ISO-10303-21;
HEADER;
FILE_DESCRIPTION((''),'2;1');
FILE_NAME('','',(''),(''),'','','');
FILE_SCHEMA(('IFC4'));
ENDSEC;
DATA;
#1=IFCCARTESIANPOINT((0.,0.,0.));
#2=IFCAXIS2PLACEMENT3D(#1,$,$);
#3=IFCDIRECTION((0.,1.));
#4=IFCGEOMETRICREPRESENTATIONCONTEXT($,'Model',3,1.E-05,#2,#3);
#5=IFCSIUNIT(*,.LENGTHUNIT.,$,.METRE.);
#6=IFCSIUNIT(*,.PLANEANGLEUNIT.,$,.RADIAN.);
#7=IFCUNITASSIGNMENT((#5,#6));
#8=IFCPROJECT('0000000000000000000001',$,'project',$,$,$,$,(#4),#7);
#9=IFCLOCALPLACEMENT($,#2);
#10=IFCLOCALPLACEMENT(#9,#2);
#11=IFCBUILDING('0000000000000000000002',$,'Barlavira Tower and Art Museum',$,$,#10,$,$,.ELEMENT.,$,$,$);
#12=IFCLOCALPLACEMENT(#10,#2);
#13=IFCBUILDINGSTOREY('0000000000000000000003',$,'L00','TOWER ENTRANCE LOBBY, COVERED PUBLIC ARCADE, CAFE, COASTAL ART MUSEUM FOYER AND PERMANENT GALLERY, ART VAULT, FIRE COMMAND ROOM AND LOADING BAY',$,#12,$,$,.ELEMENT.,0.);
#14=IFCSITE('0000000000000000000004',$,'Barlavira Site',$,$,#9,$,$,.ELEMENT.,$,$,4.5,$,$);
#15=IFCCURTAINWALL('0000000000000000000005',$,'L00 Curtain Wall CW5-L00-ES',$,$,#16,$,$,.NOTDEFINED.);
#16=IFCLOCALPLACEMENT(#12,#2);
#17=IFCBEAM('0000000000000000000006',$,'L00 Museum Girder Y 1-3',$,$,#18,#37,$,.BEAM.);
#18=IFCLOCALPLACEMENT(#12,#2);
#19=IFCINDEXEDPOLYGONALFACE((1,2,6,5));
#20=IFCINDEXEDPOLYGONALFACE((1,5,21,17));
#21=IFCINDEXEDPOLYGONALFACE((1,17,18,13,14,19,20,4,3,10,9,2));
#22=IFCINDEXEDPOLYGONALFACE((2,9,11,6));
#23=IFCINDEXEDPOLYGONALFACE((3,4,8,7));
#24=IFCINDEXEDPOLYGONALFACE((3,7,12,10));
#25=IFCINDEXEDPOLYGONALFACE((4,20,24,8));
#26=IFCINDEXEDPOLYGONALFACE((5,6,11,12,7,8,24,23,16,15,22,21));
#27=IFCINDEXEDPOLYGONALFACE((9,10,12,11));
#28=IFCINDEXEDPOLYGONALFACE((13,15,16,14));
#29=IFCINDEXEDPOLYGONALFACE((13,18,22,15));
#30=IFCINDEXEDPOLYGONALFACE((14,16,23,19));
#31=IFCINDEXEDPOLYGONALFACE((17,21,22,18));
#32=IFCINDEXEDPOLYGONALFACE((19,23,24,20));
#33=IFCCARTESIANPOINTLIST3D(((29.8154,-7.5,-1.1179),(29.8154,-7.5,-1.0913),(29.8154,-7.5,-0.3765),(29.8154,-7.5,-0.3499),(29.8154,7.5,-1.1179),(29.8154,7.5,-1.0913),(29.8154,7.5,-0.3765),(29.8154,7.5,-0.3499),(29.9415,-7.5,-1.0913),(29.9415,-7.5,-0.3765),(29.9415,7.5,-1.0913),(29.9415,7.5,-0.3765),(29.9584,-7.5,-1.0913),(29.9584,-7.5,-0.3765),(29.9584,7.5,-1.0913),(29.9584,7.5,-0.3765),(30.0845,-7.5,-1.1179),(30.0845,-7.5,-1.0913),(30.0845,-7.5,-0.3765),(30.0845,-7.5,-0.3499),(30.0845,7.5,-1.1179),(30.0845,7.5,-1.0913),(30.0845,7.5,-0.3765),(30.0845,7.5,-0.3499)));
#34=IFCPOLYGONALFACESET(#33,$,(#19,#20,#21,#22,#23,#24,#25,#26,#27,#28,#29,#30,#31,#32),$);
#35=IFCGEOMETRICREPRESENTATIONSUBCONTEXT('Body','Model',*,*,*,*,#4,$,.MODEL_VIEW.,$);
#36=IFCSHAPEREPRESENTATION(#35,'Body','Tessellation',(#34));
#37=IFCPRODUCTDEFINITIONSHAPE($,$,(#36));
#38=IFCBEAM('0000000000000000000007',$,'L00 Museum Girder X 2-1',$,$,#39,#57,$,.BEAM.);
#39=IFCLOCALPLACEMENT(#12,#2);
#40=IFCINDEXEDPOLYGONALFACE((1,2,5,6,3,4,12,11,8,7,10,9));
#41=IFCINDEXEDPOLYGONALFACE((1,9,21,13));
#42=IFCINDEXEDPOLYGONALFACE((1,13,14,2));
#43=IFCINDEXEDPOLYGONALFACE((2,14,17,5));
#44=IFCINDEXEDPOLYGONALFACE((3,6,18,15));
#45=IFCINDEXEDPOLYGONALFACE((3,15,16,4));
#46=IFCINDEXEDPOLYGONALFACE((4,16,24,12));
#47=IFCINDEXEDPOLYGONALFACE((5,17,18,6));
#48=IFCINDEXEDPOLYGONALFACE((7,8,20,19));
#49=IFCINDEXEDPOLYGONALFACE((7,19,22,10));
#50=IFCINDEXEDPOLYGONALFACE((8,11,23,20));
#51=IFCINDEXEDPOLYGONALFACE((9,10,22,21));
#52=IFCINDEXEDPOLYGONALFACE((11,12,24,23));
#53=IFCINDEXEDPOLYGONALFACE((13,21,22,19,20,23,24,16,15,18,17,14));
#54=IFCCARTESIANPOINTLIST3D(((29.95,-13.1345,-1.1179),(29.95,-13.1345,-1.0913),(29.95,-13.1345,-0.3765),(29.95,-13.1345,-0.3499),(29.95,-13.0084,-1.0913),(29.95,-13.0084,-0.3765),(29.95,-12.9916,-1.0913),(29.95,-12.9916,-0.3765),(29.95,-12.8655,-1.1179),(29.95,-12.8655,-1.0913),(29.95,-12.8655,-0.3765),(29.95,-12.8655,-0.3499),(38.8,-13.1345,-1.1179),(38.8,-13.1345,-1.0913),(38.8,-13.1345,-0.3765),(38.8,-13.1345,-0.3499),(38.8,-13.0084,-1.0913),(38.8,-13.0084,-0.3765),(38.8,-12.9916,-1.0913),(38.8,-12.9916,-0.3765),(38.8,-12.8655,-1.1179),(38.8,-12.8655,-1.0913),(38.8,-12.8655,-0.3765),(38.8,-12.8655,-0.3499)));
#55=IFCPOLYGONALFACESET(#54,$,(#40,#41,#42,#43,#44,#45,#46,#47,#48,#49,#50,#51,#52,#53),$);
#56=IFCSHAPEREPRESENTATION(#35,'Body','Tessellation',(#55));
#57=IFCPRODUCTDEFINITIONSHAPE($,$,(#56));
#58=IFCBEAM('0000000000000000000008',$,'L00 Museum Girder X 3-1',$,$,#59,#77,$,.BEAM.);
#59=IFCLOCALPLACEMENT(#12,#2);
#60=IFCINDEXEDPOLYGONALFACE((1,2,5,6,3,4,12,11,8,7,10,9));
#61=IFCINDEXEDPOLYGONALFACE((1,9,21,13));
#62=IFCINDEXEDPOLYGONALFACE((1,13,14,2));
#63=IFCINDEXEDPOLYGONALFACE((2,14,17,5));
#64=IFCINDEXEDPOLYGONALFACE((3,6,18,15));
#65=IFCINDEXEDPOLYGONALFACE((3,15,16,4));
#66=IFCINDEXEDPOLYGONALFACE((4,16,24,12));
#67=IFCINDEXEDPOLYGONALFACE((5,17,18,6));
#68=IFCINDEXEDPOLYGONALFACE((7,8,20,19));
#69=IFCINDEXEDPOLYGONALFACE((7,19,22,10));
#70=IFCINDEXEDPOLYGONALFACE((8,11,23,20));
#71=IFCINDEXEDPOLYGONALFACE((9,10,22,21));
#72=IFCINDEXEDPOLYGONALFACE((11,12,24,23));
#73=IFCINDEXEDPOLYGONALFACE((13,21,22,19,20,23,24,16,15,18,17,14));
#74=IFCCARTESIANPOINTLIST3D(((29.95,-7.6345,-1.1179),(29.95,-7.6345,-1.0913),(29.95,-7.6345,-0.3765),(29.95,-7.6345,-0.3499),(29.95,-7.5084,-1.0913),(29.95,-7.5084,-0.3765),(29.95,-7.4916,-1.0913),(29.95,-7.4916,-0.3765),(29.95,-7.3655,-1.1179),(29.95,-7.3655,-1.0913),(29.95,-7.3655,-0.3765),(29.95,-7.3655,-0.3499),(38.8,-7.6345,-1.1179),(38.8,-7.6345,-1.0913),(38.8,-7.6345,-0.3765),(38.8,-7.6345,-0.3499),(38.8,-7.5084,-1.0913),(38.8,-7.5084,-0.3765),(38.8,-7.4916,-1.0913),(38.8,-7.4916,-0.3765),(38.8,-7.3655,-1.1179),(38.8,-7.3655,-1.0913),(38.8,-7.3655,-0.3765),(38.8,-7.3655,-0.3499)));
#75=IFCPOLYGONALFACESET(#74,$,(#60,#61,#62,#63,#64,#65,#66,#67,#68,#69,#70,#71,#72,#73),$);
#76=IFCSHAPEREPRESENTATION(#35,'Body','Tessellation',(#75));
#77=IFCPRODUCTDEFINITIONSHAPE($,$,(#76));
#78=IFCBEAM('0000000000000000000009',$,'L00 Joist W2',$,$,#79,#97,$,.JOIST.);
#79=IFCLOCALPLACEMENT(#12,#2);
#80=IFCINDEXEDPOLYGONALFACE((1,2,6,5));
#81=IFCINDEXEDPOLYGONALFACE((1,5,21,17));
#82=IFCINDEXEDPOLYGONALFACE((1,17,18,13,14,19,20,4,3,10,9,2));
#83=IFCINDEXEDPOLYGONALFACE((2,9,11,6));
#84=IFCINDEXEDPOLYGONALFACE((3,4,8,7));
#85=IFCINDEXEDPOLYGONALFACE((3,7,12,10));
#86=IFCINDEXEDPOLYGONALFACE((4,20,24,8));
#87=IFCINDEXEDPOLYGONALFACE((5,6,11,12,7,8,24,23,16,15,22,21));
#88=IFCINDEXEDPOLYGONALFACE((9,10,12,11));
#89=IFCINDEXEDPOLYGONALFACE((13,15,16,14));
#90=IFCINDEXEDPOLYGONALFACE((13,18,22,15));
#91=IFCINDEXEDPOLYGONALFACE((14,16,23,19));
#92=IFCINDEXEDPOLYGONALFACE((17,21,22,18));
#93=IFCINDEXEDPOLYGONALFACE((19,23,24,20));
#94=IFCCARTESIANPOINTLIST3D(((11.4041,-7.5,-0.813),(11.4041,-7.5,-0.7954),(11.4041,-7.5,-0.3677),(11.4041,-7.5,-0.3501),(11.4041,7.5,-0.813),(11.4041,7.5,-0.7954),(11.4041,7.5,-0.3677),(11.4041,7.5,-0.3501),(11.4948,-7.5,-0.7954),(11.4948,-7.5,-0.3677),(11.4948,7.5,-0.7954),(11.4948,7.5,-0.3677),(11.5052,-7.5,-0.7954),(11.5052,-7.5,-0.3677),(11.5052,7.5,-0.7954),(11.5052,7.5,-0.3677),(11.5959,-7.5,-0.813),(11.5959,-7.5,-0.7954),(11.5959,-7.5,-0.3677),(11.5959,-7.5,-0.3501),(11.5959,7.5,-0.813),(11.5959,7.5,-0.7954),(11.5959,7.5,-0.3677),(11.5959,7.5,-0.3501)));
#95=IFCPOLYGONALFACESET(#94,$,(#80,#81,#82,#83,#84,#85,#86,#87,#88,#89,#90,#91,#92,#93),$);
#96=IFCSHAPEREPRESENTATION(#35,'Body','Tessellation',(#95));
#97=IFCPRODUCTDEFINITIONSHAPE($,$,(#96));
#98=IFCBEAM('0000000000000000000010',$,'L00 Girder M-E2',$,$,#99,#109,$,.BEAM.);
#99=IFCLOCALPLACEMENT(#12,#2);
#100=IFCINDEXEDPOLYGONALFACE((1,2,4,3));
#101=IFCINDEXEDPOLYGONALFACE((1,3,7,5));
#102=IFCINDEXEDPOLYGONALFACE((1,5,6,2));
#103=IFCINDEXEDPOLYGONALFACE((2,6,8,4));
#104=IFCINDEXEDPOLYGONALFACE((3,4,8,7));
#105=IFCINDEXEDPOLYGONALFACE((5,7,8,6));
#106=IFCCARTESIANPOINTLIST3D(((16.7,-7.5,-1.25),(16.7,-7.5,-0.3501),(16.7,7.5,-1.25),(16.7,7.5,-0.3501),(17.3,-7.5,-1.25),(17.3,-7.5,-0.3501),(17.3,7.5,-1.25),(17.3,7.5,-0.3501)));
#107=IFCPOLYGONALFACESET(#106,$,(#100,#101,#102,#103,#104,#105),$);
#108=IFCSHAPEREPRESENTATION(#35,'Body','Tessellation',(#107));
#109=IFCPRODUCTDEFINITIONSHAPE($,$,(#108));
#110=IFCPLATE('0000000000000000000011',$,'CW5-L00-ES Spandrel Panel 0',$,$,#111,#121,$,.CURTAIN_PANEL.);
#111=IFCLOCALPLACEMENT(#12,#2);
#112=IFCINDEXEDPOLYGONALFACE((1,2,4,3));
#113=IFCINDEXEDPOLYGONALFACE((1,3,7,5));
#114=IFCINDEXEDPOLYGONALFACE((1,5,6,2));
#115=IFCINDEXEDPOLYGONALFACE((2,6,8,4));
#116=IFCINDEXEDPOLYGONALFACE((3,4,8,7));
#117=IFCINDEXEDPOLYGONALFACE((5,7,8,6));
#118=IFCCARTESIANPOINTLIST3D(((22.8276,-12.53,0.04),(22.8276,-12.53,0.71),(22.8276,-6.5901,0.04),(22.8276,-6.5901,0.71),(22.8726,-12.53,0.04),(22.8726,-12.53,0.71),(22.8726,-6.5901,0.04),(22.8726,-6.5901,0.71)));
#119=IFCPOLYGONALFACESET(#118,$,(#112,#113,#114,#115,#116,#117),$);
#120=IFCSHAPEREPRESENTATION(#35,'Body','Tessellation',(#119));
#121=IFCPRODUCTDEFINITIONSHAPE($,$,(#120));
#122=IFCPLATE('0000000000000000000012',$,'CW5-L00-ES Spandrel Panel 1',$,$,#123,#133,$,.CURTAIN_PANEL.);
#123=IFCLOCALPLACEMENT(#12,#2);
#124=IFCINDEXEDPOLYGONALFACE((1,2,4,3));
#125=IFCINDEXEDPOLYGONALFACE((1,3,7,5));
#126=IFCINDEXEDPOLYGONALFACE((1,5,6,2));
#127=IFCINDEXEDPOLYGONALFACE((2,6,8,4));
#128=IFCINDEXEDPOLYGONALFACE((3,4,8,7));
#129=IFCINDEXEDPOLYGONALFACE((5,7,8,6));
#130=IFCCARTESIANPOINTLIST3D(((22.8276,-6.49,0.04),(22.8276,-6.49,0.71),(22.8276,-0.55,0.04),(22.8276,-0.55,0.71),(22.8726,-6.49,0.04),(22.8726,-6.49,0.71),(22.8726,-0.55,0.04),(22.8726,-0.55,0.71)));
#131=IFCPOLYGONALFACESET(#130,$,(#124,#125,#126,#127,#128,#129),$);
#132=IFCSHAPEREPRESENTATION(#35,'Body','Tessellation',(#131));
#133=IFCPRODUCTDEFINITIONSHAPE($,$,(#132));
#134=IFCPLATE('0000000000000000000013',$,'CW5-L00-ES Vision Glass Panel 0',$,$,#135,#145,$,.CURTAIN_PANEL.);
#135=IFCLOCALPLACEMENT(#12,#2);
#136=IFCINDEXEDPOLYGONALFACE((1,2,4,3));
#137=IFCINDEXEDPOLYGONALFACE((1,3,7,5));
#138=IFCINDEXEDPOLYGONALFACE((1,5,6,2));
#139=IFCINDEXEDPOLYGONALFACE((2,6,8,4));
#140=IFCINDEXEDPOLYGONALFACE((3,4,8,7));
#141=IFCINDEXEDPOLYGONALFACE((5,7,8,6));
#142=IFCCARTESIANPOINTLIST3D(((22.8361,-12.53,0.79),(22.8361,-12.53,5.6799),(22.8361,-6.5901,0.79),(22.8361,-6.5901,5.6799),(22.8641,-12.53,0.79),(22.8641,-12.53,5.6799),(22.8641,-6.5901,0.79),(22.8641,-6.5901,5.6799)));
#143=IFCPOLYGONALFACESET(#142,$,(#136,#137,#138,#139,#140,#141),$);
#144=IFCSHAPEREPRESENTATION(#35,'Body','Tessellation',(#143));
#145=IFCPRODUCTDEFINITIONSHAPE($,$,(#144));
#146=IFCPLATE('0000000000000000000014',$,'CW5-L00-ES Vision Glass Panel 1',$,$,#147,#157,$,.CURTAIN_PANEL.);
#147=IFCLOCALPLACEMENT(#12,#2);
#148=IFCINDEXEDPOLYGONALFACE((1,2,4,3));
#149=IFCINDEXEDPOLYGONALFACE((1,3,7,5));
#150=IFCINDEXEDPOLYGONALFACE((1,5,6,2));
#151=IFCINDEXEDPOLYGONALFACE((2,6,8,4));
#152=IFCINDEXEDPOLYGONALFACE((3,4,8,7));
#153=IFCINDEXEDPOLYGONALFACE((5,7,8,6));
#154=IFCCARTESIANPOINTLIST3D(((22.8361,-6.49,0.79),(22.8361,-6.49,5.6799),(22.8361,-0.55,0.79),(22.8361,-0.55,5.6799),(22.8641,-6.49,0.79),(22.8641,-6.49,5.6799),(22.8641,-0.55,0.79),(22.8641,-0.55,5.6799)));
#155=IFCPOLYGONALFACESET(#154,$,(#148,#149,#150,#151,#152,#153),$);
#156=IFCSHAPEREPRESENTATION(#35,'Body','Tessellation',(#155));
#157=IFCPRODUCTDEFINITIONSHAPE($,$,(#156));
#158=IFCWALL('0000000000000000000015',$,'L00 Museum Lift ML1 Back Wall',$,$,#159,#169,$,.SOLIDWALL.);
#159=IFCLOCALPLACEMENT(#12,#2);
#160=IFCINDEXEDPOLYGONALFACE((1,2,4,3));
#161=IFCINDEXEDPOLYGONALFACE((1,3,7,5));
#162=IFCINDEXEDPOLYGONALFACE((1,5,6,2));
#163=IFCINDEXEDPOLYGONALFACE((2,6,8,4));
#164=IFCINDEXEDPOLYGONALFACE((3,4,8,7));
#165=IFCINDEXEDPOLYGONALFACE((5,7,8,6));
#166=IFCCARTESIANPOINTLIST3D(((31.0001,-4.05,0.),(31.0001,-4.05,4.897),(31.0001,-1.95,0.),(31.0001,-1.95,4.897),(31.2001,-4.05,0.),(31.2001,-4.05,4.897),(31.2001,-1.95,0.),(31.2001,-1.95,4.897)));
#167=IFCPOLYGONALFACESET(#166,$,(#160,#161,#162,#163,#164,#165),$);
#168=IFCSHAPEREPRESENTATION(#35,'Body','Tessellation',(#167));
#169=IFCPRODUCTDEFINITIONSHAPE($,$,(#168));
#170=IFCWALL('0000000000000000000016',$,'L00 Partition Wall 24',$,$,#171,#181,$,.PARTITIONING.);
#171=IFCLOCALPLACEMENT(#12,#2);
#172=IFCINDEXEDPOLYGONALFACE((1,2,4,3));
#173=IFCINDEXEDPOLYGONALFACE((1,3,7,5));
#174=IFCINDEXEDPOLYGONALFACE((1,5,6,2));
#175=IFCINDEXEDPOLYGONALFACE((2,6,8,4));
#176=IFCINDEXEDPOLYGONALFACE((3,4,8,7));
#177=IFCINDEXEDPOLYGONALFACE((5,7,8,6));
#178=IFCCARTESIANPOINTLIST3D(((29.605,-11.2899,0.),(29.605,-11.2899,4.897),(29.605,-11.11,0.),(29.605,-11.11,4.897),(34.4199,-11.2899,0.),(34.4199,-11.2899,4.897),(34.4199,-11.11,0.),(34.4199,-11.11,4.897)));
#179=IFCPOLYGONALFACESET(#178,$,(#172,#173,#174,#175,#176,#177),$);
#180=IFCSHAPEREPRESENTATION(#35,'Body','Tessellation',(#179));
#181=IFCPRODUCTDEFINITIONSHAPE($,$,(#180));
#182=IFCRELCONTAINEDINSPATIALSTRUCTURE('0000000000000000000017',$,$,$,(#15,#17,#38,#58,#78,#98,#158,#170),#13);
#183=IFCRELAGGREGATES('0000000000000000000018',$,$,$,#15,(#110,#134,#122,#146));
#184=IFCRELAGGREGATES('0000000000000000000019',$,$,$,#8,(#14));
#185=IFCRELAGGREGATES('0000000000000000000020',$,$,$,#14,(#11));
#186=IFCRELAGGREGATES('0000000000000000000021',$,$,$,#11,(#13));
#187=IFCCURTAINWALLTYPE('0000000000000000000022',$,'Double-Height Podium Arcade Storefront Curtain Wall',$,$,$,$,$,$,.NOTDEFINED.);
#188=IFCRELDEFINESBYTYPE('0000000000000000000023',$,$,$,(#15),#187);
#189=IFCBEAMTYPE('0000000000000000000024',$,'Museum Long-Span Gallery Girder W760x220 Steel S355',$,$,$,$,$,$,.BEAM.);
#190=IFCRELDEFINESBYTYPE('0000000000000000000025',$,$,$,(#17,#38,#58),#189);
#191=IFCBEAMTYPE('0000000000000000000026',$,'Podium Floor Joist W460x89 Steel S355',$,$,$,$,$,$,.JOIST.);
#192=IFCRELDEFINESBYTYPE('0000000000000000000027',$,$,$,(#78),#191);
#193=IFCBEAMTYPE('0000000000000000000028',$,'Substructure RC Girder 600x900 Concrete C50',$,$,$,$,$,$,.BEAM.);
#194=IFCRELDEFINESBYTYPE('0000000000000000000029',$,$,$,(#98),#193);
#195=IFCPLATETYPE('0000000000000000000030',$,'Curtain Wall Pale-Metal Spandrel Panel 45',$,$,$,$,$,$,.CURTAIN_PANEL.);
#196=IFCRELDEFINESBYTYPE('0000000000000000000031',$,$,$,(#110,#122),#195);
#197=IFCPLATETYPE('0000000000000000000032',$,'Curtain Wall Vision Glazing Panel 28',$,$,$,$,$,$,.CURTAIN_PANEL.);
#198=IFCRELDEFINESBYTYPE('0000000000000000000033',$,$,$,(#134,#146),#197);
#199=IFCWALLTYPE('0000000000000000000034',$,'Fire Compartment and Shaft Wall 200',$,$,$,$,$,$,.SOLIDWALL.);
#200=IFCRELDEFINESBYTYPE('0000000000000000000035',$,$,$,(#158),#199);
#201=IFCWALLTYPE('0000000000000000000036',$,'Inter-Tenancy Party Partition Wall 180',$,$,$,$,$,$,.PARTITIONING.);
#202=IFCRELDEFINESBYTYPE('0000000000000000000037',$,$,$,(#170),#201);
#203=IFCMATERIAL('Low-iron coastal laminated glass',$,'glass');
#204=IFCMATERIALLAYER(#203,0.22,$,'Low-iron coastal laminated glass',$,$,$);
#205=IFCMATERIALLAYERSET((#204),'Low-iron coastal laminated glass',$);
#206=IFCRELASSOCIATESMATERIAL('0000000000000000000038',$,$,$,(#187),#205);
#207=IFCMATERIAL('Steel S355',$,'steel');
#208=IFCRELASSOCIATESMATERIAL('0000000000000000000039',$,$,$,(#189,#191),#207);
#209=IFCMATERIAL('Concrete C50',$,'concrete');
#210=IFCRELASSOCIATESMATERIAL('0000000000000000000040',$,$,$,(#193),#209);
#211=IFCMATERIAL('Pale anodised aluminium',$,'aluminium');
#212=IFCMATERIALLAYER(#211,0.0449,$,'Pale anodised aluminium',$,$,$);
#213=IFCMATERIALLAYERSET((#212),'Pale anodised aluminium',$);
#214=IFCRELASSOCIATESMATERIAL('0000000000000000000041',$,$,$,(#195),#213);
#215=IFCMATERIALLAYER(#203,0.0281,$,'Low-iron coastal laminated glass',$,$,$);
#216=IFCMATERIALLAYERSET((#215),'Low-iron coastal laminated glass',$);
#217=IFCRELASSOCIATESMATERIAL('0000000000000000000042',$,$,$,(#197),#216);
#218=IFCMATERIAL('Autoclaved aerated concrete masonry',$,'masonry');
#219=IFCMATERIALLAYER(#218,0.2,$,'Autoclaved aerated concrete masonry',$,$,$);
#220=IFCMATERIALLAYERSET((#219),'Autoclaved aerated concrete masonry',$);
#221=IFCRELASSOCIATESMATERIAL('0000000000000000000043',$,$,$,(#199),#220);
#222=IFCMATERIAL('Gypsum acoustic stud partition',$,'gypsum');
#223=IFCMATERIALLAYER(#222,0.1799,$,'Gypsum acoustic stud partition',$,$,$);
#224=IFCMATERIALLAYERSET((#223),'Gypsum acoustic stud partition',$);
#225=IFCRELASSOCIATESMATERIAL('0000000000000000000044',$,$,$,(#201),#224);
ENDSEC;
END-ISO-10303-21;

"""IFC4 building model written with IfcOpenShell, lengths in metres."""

from ifc_helpers import new_model, si_unit, direction, frame, frame_2d, origin, origin_2d, place, context, subcontext, project, spatial, rectangle, i_section, extrude, material, layer, layer_set, material_profile, profile_set, type_object, element, aggregate, save


model = new_model("IFC4")

# Units and contexts
model_context = context("Model", 3, precision=1e-05, world=origin(), true_north=direction((0.0, 1.0)))
body_context = subcontext(model_context, "Body", "Model", "MODEL_VIEW")
ifc_project = project(units=[si_unit("LENGTHUNIT", "METRE"), si_unit("PLANEANGLEUNIT", "RADIAN")], contexts=[model_context])

# Site, building, storey
site_placement = place(None, origin())
site = spatial("IfcSite", under=ifc_project, at=site_placement, Name="Barlavira Site", CompositionType="ELEMENT", RefElevation=4.5)
building_placement = place(site_placement, origin())
building = spatial("IfcBuilding", under=site, at=building_placement, Name="Barlavira Tower and Art Museum", CompositionType="ELEMENT")
storey_placement = place(building_placement, origin())
storey = spatial("IfcBuildingStorey", under=building, at=storey_placement, Name="L00", Description="TOWER ENTRANCE LOBBY, COVERED PUBLIC ARCADE, CAFE, COASTAL ART MUSEUM FOYER AND PERMANENT GALLERY, ART VAULT, FIRE COMMAND ROOM AND LOADING BAY", CompositionType="ELEMENT", Elevation=0.0)

# Shared definitions
ifc_material_1 = material(Name="Concrete C50", Category="concrete")

# Shared definitions
ifc_material_2 = material(Name="Steel S355", Category="steel")

# Curtain wall
ifc_material_3 = material(Name="Low-iron coastal laminated glass", Category="glass")
ifc_layer_1 = layer(ifc_material_3, 0.22, Name="Low-iron coastal laminated glass")
ifc_layer_set_1 = layer_set([ifc_layer_1], Name="Low-iron coastal laminated glass")
curtain_wall_type = type_object("IfcCurtainWallType", Name="Double-Height Podium Arcade Storefront Curtain Wall", PredefinedType="NOTDEFINED", material=ifc_layer_set_1)
curtain_wall_1_placement = place(storey_placement, origin())
curtain_wall_1 = element("IfcCurtainWall", 1, at=curtain_wall_1_placement, inside=storey, type_object=curtain_wall_type, Name="L00 Curtain Wall CW5-L00-ES", PredefinedType="NOTDEFINED")
ifc_material_4 = material(Name="Pale anodised aluminium", Category="aluminium")

# Beams
ifc_material_profile_1 = material_profile(ifc_material_2, i_section(OverallWidth=0.269, OverallDepth=0.7681, WebThickness=0.0168, FlangeThickness=0.0266, at=origin_2d()), Name="W760x220.0")
ifc_profile_set_1 = profile_set([ifc_material_profile_1], Name="Steel S355")
beam_type_1 = type_object("IfcBeamType", Name="Museum Long-Span Gallery Girder W760x220 Steel S355", PredefinedType="BEAM", material=ifc_profile_set_1)
beam_1_placement = place(storey_placement, frame((29.95, -7.5, -0.7339), z_axis=(0.0, 1.0, 0.0), x_axis=(-1.0, 0.0, 0.0)))
element("IfcBeam", 2, at=beam_1_placement, inside=storey, type_object=beam_type_1, Name="L00 Museum Girder Y 1-3", PredefinedType="BEAM", context=body_context, shape_type="SweptSolid", body=[
    extrude(i_section(OverallWidth=0.269, OverallDepth=0.7681, WebThickness=0.0168, FlangeThickness=0.0266, at=origin_2d()), origin(), (0.0, 0.0, 1.0), 15.0),
])
for number, where, z_axis, x_axis, name in (
    (3, (29.95, -13.0, -0.7339), (1.0, 0.0, 0.0), (0.0, 1.0, 0.0), "L00 Museum Girder X 2-1"),
    (4, (29.95, -7.5, -0.7339), (1.0, 0.0, 0.0), (0.0, 1.0, 0.0), "L00 Museum Girder X 3-1"),
):
    element("IfcBeam", number, at=place(storey_placement, frame(where, z_axis=z_axis, x_axis=x_axis)), inside=storey, type_object=beam_type_1, Name=name, PredefinedType="BEAM", context=body_context, shape_type="SweptSolid", body=[
        extrude(i_section(OverallWidth=0.269, OverallDepth=0.7681, WebThickness=0.0168, FlangeThickness=0.0266, at=origin_2d()), origin(), (0.0, 0.0, 1.0), 8.8501),
    ])
ifc_material_profile_2 = material_profile(ifc_material_2, i_section(OverallWidth=0.1919, OverallDepth=0.4629, WebThickness=0.0105, FlangeThickness=0.0176, at=origin_2d()), Name="W460x89.0")
ifc_profile_set_2 = profile_set([ifc_material_profile_2], Name="Steel S355")
beam_type_2 = type_object("IfcBeamType", Name="Podium Floor Joist W460x89 Steel S355", PredefinedType="JOIST", material=ifc_profile_set_2)
beam_2_placement = place(storey_placement, frame((11.5, -7.5, -0.5815), z_axis=(0.0, 1.0, 0.0), x_axis=(-1.0, 0.0, 0.0)))
element("IfcBeam", 5, at=beam_2_placement, inside=storey, type_object=beam_type_2, Name="L00 Joist W2", PredefinedType="JOIST", context=body_context, shape_type="SweptSolid", body=[
    extrude(i_section(OverallWidth=0.1919, OverallDepth=0.4629, WebThickness=0.0105, FlangeThickness=0.0176, at=origin_2d()), origin(), (0.0, 0.0, 1.0), 15.0),
])
ifc_material_profile_3 = material_profile(ifc_material_1, rectangle(XDim=0.6001, YDim=0.8999, at=origin_2d()), Name="RC-BM 600x900")
ifc_profile_set_3 = profile_set([ifc_material_profile_3], Name="Concrete C50")
beam_type_3 = type_object("IfcBeamType", Name="Substructure RC Girder 600x900 Concrete C50", PredefinedType="BEAM", material=ifc_profile_set_3)
beam_3_placement = place(storey_placement, frame((17.0, -7.5, -0.8), z_axis=(0.0, 1.0, 0.0), x_axis=(-1.0, 0.0, 0.0)))
element("IfcBeam", 6, at=beam_3_placement, inside=storey, type_object=beam_type_3, Name="L00 Girder M-E2", PredefinedType="BEAM", context=body_context, shape_type="SweptSolid", body=[
    extrude(rectangle(XDim=0.6001, YDim=0.8999, at=origin_2d()), origin(), (0.0, 0.0, 1.0), 15.0),
])

# Plates
ifc_layer_2 = layer(ifc_material_4, 0.0449, Name="Pale anodised aluminium")
ifc_layer_set_2 = layer_set([ifc_layer_2], Name="Pale anodised aluminium")
plate_type_1 = type_object("IfcPlateType", Name="Curtain Wall Pale-Metal Spandrel Panel 45", PredefinedType="CURTAIN_PANEL", material=ifc_layer_set_2)
plate_1_placement = place(storey_placement, frame((22.8501, -9.5601, 0.04), z_axis=(0.0, 0.0, 1.0), x_axis=(0.0, 1.0, 0.0)))
plate_1 = element("IfcPlate", 7, at=plate_1_placement, type_object=plate_type_1, Name="CW5-L00-ES Spandrel Panel 0", PredefinedType="CURTAIN_PANEL", context=body_context, shape_type="SweptSolid", body=[
    extrude(rectangle(XDim=5.9399, YDim=0.0449, at=origin_2d()), origin(), (0.0, 0.0, 1.0), 0.6699),
])
plate_2_placement = place(storey_placement, frame((22.8501, -3.52, 0.04), z_axis=(0.0, 0.0, 1.0), x_axis=(0.0, 1.0, 0.0)))
plate_2 = element("IfcPlate", 8, at=plate_2_placement, type_object=plate_type_1, Name="CW5-L00-ES Spandrel Panel 1", PredefinedType="CURTAIN_PANEL", context=body_context, shape_type="SweptSolid", body=[
    extrude(rectangle(XDim=5.9399, YDim=0.0449, at=origin_2d()), origin(), (0.0, 0.0, 1.0), 0.6699),
])
ifc_layer_3 = layer(ifc_material_3, 0.0281, Name="Low-iron coastal laminated glass")
ifc_layer_set_3 = layer_set([ifc_layer_3], Name="Low-iron coastal laminated glass")
plate_type_2 = type_object("IfcPlateType", Name="Curtain Wall Vision Glazing Panel 28", PredefinedType="CURTAIN_PANEL", material=ifc_layer_set_3)
plate_3_placement = place(storey_placement, frame((22.8501, -9.5601, 0.79), z_axis=(0.0, 0.0, 1.0), x_axis=(0.0, 1.0, 0.0)))
plate_3 = element("IfcPlate", 9, at=plate_3_placement, type_object=plate_type_2, Name="CW5-L00-ES Vision Glass Panel 0", PredefinedType="CURTAIN_PANEL", context=body_context, shape_type="SweptSolid", body=[
    extrude(rectangle(XDim=5.9399, YDim=0.0281, at=origin_2d()), origin(), (0.0, 0.0, 1.0), 4.8899),
])
plate_4_placement = place(storey_placement, frame((22.8501, -3.52, 0.79), z_axis=(0.0, 0.0, 1.0), x_axis=(0.0, 1.0, 0.0)))
plate_4 = element("IfcPlate", 10, at=plate_4_placement, type_object=plate_type_2, Name="CW5-L00-ES Vision Glass Panel 1", PredefinedType="CURTAIN_PANEL", context=body_context, shape_type="SweptSolid", body=[
    extrude(rectangle(XDim=5.9399, YDim=0.0281, at=origin_2d()), origin(), (0.0, 0.0, 1.0), 4.8899),
])
aggregate(curtain_wall_1, [plate_1, plate_3, plate_2, plate_4])

# Walls
ifc_material_5 = material(Name="Autoclaved aerated concrete masonry", Category="masonry")
ifc_layer_4 = layer(ifc_material_5, 0.2, Name="Autoclaved aerated concrete masonry")
ifc_layer_set_4 = layer_set([ifc_layer_4], Name="Autoclaved aerated concrete masonry")
wall_type_1 = type_object("IfcWallType", Name="Fire Compartment and Shaft Wall 200", PredefinedType="SOLIDWALL", material=ifc_layer_set_4)
wall_1_placement = place(storey_placement, frame((31.1001, -4.05, 0.0), z_axis=(0.0, 0.0, 1.0), x_axis=(0.0, 1.0, 0.0)))
element("IfcWall", 11, at=wall_1_placement, inside=storey, type_object=wall_type_1, Name="L00 Museum Lift ML1 Back Wall", PredefinedType="SOLIDWALL", context=body_context, shape_type="SweptSolid", body=[
    extrude(rectangle(XDim=2.1001, YDim=0.2, at=frame_2d((1.05, 0.0))), origin(), (0.0, 0.0, 1.0), 4.897),
])
ifc_material_6 = material(Name="Gypsum acoustic stud partition", Category="gypsum")
ifc_layer_5 = layer(ifc_material_6, 0.1799, Name="Gypsum acoustic stud partition")
ifc_layer_set_5 = layer_set([ifc_layer_5], Name="Gypsum acoustic stud partition")
wall_type_2 = type_object("IfcWallType", Name="Inter-Tenancy Party Partition Wall 180", PredefinedType="PARTITIONING", material=ifc_layer_set_5)
wall_2_placement = place(storey_placement, frame((29.605, -11.2, 0.0), z_axis=(0.0, 0.0, 1.0), x_axis=(1.0, 0.0, 0.0)))
element("IfcWall", 12, at=wall_2_placement, inside=storey, type_object=wall_type_2, Name="L00 Partition Wall 24", PredefinedType="PARTITIONING", context=body_context, shape_type="SweptSolid", body=[
    extrude(rectangle(XDim=4.8149, YDim=0.1799, at=frame_2d((2.4075, 0.0))), origin(), (0.0, 0.0, 1.0), 4.897),
])

save(model, "model.ifc")
